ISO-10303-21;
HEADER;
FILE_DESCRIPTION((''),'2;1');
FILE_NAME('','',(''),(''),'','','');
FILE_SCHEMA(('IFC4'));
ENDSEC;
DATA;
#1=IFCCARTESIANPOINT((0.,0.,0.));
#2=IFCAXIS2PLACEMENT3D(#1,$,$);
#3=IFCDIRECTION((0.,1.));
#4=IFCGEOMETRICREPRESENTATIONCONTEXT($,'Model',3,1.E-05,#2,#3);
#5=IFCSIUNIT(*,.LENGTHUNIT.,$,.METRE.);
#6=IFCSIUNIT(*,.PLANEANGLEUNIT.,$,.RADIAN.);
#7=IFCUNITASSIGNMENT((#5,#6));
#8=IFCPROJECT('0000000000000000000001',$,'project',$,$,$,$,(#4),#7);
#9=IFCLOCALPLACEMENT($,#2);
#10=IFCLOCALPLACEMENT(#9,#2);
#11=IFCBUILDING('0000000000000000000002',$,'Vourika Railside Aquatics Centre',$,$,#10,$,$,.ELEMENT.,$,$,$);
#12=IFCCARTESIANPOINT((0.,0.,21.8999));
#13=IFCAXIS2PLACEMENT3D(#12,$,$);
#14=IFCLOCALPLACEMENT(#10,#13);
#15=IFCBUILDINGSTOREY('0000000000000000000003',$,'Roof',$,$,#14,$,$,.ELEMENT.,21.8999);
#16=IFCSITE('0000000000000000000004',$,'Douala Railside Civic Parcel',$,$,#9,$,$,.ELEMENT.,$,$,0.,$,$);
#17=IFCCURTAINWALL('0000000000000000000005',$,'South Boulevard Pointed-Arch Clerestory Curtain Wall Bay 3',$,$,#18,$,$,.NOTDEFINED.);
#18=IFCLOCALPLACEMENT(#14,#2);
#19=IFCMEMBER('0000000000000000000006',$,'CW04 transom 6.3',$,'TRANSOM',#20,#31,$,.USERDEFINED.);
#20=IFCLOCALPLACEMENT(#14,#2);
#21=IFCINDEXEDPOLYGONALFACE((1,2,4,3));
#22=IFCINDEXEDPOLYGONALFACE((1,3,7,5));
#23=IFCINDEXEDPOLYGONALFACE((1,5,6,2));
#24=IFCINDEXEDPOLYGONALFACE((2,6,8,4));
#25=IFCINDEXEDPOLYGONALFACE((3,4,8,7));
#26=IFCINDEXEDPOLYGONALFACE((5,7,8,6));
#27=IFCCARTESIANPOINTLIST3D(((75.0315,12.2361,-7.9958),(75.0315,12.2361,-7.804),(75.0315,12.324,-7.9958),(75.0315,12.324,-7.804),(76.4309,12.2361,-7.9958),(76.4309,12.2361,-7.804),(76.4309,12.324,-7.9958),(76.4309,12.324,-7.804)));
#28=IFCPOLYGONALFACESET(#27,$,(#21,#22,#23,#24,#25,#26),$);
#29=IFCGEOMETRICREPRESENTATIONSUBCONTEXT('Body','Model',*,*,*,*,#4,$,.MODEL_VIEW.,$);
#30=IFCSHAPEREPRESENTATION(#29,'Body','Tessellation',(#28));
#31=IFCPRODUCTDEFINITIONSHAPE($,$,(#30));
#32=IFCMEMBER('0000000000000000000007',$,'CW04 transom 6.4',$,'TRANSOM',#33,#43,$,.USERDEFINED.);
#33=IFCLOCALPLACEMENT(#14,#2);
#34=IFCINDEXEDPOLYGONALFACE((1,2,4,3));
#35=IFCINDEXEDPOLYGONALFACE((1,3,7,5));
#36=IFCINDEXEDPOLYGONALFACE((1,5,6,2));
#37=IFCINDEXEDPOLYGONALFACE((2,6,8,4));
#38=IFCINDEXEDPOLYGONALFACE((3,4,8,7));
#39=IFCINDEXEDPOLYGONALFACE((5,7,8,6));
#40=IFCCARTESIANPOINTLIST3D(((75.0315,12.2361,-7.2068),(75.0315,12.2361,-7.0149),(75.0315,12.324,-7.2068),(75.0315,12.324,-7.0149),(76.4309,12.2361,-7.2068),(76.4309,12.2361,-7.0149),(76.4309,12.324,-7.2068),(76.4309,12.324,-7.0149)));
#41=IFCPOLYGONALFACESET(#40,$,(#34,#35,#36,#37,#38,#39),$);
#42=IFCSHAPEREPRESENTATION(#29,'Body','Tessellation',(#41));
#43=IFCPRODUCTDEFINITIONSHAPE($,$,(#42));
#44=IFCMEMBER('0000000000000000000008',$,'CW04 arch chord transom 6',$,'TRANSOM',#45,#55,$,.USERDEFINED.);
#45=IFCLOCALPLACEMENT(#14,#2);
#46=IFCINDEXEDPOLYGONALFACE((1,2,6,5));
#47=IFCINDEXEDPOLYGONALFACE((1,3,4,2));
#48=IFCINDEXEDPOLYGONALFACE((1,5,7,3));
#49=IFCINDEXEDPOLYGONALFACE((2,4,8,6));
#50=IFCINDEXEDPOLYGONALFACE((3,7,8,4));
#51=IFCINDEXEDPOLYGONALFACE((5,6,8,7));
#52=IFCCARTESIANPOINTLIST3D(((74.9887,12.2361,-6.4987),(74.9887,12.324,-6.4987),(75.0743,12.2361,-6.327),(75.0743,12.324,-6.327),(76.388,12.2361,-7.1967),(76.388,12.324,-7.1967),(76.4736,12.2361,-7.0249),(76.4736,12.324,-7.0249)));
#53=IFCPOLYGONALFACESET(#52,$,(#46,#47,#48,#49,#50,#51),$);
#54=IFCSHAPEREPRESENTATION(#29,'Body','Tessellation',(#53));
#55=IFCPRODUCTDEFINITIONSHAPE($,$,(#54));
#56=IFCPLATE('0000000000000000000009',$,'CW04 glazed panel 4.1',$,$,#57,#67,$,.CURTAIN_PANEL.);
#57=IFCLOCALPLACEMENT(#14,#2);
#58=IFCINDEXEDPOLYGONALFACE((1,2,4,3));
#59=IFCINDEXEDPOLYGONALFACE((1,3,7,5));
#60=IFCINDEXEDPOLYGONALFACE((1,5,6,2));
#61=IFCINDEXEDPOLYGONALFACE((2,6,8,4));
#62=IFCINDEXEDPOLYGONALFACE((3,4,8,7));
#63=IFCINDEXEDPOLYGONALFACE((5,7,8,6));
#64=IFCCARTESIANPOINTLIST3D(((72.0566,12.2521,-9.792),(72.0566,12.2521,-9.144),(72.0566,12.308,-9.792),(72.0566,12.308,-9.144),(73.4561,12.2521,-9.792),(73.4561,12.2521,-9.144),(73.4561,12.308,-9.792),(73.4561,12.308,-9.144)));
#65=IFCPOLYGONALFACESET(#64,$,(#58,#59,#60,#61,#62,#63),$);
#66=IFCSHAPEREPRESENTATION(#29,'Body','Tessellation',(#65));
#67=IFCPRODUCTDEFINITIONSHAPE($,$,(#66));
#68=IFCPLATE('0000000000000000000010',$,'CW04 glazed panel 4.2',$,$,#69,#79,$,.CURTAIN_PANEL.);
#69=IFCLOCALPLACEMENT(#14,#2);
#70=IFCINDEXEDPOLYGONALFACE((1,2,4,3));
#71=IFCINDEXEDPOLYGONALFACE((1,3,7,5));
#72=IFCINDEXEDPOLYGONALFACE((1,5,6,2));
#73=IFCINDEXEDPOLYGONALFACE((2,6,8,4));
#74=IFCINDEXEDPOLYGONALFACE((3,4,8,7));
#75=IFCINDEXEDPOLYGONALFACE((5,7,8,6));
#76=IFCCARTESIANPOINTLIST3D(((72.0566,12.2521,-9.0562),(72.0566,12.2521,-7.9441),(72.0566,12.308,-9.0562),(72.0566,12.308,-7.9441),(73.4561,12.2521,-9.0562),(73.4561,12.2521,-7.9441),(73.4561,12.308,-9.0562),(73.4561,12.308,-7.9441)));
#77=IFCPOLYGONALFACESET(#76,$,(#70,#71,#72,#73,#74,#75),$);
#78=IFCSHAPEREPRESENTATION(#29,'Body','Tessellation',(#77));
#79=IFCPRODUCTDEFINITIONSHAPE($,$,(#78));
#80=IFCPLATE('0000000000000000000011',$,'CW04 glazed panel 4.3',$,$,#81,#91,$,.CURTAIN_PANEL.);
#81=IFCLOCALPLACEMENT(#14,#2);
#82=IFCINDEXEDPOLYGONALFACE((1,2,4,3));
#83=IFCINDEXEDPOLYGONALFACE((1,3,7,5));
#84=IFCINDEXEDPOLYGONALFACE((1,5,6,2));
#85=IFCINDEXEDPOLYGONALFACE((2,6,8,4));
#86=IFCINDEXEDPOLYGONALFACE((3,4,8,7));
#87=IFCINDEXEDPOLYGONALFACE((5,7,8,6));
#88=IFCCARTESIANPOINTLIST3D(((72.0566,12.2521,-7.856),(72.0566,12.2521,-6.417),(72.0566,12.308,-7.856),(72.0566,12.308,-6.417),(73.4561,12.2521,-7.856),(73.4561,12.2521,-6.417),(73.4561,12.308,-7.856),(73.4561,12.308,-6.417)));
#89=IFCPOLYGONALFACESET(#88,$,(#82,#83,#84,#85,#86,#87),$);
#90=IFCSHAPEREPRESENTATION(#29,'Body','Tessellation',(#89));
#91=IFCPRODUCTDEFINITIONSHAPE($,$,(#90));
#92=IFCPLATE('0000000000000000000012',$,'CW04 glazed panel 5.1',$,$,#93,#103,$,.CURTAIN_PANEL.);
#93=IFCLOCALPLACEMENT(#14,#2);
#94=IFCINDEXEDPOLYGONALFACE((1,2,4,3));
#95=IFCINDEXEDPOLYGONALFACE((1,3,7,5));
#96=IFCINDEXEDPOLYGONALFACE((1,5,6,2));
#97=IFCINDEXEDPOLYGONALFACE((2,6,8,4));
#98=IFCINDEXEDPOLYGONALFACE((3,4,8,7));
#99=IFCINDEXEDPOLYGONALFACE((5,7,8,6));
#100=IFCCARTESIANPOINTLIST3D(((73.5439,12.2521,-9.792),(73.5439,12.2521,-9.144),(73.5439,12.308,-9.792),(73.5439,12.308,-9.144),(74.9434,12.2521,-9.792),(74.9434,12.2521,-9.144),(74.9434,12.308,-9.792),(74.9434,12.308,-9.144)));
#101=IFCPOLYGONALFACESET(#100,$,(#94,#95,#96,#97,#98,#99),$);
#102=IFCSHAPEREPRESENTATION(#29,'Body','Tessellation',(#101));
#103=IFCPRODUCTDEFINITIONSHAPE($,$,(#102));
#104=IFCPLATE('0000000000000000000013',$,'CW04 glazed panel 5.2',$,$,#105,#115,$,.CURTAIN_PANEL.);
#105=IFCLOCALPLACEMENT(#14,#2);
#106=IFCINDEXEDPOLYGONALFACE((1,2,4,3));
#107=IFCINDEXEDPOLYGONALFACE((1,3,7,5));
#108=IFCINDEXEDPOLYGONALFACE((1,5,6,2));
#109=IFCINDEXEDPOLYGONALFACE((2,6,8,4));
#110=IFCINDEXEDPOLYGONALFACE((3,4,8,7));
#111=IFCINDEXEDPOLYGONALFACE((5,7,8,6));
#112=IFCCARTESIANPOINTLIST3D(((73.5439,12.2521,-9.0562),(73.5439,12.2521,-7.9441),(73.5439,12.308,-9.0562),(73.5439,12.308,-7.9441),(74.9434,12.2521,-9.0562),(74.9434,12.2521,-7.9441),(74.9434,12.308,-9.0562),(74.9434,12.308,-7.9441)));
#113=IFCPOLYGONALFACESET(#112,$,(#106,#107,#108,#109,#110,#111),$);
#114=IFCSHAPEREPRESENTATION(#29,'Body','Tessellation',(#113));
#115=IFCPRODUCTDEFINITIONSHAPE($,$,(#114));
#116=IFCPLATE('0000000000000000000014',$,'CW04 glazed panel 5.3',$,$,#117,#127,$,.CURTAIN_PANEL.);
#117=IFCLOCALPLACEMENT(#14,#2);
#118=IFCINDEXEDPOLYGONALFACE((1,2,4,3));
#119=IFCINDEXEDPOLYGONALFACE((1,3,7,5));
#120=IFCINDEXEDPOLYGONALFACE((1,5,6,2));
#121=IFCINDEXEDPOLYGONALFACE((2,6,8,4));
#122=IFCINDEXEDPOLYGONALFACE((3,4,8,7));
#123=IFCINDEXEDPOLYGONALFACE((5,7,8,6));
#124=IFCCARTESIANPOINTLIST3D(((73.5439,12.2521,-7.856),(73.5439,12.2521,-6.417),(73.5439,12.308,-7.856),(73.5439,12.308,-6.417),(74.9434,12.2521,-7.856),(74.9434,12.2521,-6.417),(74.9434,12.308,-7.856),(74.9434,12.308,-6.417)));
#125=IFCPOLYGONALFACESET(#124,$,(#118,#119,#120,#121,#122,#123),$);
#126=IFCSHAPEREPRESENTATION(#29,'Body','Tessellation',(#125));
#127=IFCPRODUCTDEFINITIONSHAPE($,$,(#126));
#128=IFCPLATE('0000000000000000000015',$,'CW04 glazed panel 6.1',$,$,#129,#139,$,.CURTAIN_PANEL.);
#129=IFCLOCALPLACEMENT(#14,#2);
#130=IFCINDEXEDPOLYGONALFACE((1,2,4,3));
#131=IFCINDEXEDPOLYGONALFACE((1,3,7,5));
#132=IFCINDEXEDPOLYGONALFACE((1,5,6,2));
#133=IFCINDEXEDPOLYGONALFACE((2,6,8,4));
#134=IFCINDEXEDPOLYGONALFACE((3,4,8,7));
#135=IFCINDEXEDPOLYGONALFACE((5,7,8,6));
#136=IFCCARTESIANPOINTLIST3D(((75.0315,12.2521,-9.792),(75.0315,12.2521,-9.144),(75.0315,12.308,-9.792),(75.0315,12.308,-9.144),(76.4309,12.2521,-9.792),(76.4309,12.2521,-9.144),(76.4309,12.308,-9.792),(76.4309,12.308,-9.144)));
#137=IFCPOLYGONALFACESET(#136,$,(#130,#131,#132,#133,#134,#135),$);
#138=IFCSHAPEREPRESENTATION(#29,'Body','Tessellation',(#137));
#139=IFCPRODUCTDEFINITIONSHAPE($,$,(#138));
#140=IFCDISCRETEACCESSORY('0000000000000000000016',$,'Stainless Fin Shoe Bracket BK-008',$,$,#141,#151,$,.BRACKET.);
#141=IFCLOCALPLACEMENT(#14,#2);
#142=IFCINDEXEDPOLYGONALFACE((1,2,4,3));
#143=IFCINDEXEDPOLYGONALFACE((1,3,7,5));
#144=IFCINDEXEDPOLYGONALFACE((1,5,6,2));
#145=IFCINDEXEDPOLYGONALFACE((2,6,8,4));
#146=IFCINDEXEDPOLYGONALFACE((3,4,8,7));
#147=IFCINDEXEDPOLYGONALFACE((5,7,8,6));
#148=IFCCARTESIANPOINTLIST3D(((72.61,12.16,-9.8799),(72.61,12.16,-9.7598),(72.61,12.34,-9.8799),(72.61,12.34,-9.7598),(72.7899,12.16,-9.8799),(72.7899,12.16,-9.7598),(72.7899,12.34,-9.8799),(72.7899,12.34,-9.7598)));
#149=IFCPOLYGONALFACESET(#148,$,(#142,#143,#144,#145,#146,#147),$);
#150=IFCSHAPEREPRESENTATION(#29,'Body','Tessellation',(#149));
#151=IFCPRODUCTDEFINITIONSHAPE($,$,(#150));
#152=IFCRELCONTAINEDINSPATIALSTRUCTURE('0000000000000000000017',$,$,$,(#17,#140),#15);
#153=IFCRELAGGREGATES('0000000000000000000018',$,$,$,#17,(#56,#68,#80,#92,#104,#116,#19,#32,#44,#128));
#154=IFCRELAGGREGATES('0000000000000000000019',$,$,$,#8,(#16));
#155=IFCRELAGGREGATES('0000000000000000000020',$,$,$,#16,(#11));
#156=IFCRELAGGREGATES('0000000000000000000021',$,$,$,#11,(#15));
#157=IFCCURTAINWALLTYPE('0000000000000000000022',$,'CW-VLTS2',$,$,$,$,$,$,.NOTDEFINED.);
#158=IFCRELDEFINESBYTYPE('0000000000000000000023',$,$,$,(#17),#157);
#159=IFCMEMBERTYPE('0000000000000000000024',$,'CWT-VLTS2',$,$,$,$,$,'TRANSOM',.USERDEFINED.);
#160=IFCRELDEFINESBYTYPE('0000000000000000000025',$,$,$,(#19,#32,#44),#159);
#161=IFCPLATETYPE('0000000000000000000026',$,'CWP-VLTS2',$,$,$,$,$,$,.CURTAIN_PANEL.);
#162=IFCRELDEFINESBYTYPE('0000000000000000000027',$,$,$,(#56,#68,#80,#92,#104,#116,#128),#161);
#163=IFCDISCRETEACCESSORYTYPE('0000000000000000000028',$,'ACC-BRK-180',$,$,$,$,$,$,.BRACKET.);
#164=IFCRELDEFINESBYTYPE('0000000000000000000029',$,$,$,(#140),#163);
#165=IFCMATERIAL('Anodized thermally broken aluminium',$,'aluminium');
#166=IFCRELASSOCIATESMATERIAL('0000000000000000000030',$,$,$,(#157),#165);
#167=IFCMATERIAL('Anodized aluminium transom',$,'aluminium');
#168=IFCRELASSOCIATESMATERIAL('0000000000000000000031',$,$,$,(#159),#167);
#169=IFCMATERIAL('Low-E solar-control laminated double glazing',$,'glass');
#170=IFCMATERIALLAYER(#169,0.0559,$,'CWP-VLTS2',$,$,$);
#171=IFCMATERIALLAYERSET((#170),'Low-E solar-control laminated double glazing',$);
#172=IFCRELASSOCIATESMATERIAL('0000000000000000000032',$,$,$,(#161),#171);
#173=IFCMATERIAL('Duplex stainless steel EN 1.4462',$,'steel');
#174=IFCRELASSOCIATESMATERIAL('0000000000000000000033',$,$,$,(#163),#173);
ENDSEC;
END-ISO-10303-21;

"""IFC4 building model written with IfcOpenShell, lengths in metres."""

from ifc_helpers import new_model, si_unit, direction, frame, origin, origin_2d, place, context, subcontext, project, spatial, rectangle, extrude, material, layer, layer_set, material_profile, profile_set, type_object, element, aggregate, save


model = new_model("IFC4")

# Units and contexts
model_context = context("Model", 3, precision=1e-05, world=origin(), true_north=direction((0.0, 1.0)))
body_context = subcontext(model_context, "Body", "Model", "MODEL_VIEW")
ifc_project = project(units=[si_unit("LENGTHUNIT", "METRE"), si_unit("PLANEANGLEUNIT", "RADIAN")], contexts=[model_context])

# Site, building, storey
site_placement = place(None, origin())
site = spatial("IfcSite", under=ifc_project, at=site_placement, Name="Douala Railside Civic Parcel", CompositionType="ELEMENT", RefElevation=0.0)
building_placement = place(site_placement, origin())
building = spatial("IfcBuilding", under=site, at=building_placement, Name="Vourika Railside Aquatics Centre", CompositionType="ELEMENT")
storey_placement = place(building_placement, frame((0.0, 0.0, 21.8999)))
storey = spatial("IfcBuildingStorey", under=building, at=storey_placement, Name="Roof", CompositionType="ELEMENT", Elevation=21.8999)

# Curtain wall, members, plates
ifc_material_1 = material(Name="Anodized thermally broken aluminium", Category="aluminium")
curtain_wall_type = type_object("IfcCurtainWallType", Name="CW-VLTS2", PredefinedType="NOTDEFINED", material=ifc_material_1)
curtain_wall_placement = place(storey_placement, origin())
curtain_wall = element("IfcCurtainWall", 1, at=curtain_wall_placement, inside=storey, type_object=curtain_wall_type, Name="South Boulevard Pointed-Arch Clerestory Curtain Wall Bay 3", PredefinedType="NOTDEFINED")
ifc_material_2 = material(Name="Anodized aluminium transom", Category="aluminium")
ifc_material_profile_1 = material_profile(ifc_material_2, rectangle(XDim=0.0879, YDim=0.1919, at=origin_2d()), Name="ALU-T 88x192")
ifc_profile_set_1 = profile_set([ifc_material_profile_1], Name="Anodized aluminium transom")
member_type_1 = type_object("IfcMemberType", Name="CWT-VLTS2", ElementType="TRANSOM", PredefinedType="USERDEFINED", material=ifc_profile_set_1)
member_1_placement = place(storey_placement, frame((75.0315, 12.28, -7.8999), z_axis=(1.0, 0.0, 0.0), x_axis=(0.0, 1.0, 0.0)))
member_1 = element("IfcMember", 2, at=member_1_placement, type_object=member_type_1, Name="CW04 transom 6.3", ObjectType="TRANSOM", PredefinedType="USERDEFINED", context=body_context, shape_type="SweptSolid", body=[
    extrude(rectangle(XDim=0.0879, YDim=0.1919, at=origin_2d()), origin(), (0.0, 0.0, 1.0), 1.3994),
])
member_2_placement = place(storey_placement, frame((75.0315, 12.28, -7.1108), z_axis=(1.0, 0.0, 0.0), x_axis=(0.0, 1.0, 0.0)))
member_2 = element("IfcMember", 3, at=member_2_placement, type_object=member_type_1, Name="CW04 transom 6.4", ObjectType="TRANSOM", PredefinedType="USERDEFINED", context=body_context, shape_type="SweptSolid", body=[
    extrude(rectangle(XDim=0.0879, YDim=0.1919, at=origin_2d()), origin(), (0.0, 0.0, 1.0), 1.3994),
])
member_3_placement = place(storey_placement, frame((75.0315, 12.28, -6.4128), z_axis=(0.894864, 0.0, -0.446339), x_axis=(0.0, 1.0, 0.0)))
member_3 = element("IfcMember", 4, at=member_3_placement, type_object=member_type_1, Name="CW04 arch chord transom 6", ObjectType="TRANSOM", PredefinedType="USERDEFINED", context=body_context, shape_type="SweptSolid", body=[
    extrude(rectangle(XDim=0.0879, YDim=0.1919, at=origin_2d()), origin(), (0.0, 0.0, 1.0), 1.5637),
])
ifc_material_3 = material(Name="Low-E solar-control laminated double glazing", Category="glass")
ifc_layer = layer(ifc_material_3, 0.0559, Name="CWP-VLTS2")
ifc_layer_set = layer_set([ifc_layer], Name="Low-E solar-control laminated double glazing")
plate_type = type_object("IfcPlateType", Name="CWP-VLTS2", PredefinedType="CURTAIN_PANEL", material=ifc_layer_set)
plate_1_placement = place(storey_placement, frame((72.7563, 12.28, -9.792), z_axis=(0.0, 0.0, 1.0), x_axis=(1.0, 0.0, 0.0)))
plate_1 = element("IfcPlate", 5, at=plate_1_placement, type_object=plate_type, Name="CW04 glazed panel 4.1", PredefinedType="CURTAIN_PANEL", context=body_context, shape_type="SweptSolid", body=[
    extrude(rectangle(XDim=1.3994, YDim=0.0559, at=origin_2d()), origin(), (0.0, 0.0, 1.0), 0.6479),
])
plate_2_placement = place(storey_placement, frame((72.7563, 12.28, -9.0562), z_axis=(0.0, 0.0, 1.0), x_axis=(1.0, 0.0, 0.0)))
plate_2 = element("IfcPlate", 6, at=plate_2_placement, type_object=plate_type, Name="CW04 glazed panel 4.2", PredefinedType="CURTAIN_PANEL", context=body_context, shape_type="SweptSolid", body=[
    extrude(rectangle(XDim=1.3994, YDim=0.0559, at=origin_2d()), origin(), (0.0, 0.0, 1.0), 1.1121),
])
plate_3_placement = place(storey_placement, frame((72.7563, 12.28, -7.856), z_axis=(0.0, 0.0, 1.0), x_axis=(1.0, 0.0, 0.0)))
plate_3 = element("IfcPlate", 7, at=plate_3_placement, type_object=plate_type, Name="CW04 glazed panel 4.3", PredefinedType="CURTAIN_PANEL", context=body_context, shape_type="SweptSolid", body=[
    extrude(rectangle(XDim=1.3994, YDim=0.0559, at=origin_2d()), origin(), (0.0, 0.0, 1.0), 1.439),
])
plate_4_placement = place(storey_placement, frame((74.2437, 12.28, -9.792), z_axis=(0.0, 0.0, 1.0), x_axis=(1.0, 0.0, 0.0)))
plate_4 = element("IfcPlate", 8, at=plate_4_placement, type_object=plate_type, Name="CW04 glazed panel 5.1", PredefinedType="CURTAIN_PANEL", context=body_context, shape_type="SweptSolid", body=[
    extrude(rectangle(XDim=1.3994, YDim=0.0559, at=origin_2d()), origin(), (0.0, 0.0, 1.0), 0.6479),
])
plate_5_placement = place(storey_placement, frame((74.2437, 12.28, -9.0562), z_axis=(0.0, 0.0, 1.0), x_axis=(1.0, 0.0, 0.0)))
plate_5 = element("IfcPlate", 9, at=plate_5_placement, type_object=plate_type, Name="CW04 glazed panel 5.2", PredefinedType="CURTAIN_PANEL", context=body_context, shape_type="SweptSolid", body=[
    extrude(rectangle(XDim=1.3994, YDim=0.0559, at=origin_2d()), origin(), (0.0, 0.0, 1.0), 1.1121),
])
plate_6_placement = place(storey_placement, frame((74.2437, 12.28, -7.856), z_axis=(0.0, 0.0, 1.0), x_axis=(1.0, 0.0, 0.0)))
plate_6 = element("IfcPlate", 10, at=plate_6_placement, type_object=plate_type, Name="CW04 glazed panel 5.3", PredefinedType="CURTAIN_PANEL", context=body_context, shape_type="SweptSolid", body=[
    extrude(rectangle(XDim=1.3994, YDim=0.0559, at=origin_2d()), origin(), (0.0, 0.0, 1.0), 1.439),
])
plate_7_placement = place(storey_placement, frame((75.7312, 12.28, -9.792), z_axis=(0.0, 0.0, 1.0), x_axis=(1.0, 0.0, 0.0)))
plate_7 = element("IfcPlate", 11, at=plate_7_placement, type_object=plate_type, Name="CW04 glazed panel 6.1", PredefinedType="CURTAIN_PANEL", context=body_context, shape_type="SweptSolid", body=[
    extrude(rectangle(XDim=1.3994, YDim=0.0559, at=origin_2d()), origin(), (0.0, 0.0, 1.0), 0.6479),
])
aggregate(curtain_wall, [plate_1, plate_2, plate_3, plate_4, plate_5, plate_6, member_1, member_2, member_3, plate_7])

# Discrete accessory
ifc_material_4 = material(Name="Duplex stainless steel EN 1.4462", Category="steel")
discrete_accessory_type = type_object("IfcDiscreteAccessoryType", Name="ACC-BRK-180", PredefinedType="BRACKET", material=ifc_material_4)
discrete_accessory_placement = place(storey_placement, frame((72.7, 12.25, -9.8799), z_axis=(0.0, 0.0, 1.0), x_axis=(0.0, -1.0, 0.0)))
element("IfcDiscreteAccessory", 12, at=discrete_accessory_placement, inside=storey, type_object=discrete_accessory_type, Name="Stainless Fin Shoe Bracket BK-008", PredefinedType="BRACKET", context=body_context, shape_type="SweptSolid", body=[
    extrude(rectangle(XDim=0.1799, YDim=0.1799, at=origin_2d()), origin(), (0.0, 0.0, 1.0), 0.1201),
])

save(model, "model.ifc")
